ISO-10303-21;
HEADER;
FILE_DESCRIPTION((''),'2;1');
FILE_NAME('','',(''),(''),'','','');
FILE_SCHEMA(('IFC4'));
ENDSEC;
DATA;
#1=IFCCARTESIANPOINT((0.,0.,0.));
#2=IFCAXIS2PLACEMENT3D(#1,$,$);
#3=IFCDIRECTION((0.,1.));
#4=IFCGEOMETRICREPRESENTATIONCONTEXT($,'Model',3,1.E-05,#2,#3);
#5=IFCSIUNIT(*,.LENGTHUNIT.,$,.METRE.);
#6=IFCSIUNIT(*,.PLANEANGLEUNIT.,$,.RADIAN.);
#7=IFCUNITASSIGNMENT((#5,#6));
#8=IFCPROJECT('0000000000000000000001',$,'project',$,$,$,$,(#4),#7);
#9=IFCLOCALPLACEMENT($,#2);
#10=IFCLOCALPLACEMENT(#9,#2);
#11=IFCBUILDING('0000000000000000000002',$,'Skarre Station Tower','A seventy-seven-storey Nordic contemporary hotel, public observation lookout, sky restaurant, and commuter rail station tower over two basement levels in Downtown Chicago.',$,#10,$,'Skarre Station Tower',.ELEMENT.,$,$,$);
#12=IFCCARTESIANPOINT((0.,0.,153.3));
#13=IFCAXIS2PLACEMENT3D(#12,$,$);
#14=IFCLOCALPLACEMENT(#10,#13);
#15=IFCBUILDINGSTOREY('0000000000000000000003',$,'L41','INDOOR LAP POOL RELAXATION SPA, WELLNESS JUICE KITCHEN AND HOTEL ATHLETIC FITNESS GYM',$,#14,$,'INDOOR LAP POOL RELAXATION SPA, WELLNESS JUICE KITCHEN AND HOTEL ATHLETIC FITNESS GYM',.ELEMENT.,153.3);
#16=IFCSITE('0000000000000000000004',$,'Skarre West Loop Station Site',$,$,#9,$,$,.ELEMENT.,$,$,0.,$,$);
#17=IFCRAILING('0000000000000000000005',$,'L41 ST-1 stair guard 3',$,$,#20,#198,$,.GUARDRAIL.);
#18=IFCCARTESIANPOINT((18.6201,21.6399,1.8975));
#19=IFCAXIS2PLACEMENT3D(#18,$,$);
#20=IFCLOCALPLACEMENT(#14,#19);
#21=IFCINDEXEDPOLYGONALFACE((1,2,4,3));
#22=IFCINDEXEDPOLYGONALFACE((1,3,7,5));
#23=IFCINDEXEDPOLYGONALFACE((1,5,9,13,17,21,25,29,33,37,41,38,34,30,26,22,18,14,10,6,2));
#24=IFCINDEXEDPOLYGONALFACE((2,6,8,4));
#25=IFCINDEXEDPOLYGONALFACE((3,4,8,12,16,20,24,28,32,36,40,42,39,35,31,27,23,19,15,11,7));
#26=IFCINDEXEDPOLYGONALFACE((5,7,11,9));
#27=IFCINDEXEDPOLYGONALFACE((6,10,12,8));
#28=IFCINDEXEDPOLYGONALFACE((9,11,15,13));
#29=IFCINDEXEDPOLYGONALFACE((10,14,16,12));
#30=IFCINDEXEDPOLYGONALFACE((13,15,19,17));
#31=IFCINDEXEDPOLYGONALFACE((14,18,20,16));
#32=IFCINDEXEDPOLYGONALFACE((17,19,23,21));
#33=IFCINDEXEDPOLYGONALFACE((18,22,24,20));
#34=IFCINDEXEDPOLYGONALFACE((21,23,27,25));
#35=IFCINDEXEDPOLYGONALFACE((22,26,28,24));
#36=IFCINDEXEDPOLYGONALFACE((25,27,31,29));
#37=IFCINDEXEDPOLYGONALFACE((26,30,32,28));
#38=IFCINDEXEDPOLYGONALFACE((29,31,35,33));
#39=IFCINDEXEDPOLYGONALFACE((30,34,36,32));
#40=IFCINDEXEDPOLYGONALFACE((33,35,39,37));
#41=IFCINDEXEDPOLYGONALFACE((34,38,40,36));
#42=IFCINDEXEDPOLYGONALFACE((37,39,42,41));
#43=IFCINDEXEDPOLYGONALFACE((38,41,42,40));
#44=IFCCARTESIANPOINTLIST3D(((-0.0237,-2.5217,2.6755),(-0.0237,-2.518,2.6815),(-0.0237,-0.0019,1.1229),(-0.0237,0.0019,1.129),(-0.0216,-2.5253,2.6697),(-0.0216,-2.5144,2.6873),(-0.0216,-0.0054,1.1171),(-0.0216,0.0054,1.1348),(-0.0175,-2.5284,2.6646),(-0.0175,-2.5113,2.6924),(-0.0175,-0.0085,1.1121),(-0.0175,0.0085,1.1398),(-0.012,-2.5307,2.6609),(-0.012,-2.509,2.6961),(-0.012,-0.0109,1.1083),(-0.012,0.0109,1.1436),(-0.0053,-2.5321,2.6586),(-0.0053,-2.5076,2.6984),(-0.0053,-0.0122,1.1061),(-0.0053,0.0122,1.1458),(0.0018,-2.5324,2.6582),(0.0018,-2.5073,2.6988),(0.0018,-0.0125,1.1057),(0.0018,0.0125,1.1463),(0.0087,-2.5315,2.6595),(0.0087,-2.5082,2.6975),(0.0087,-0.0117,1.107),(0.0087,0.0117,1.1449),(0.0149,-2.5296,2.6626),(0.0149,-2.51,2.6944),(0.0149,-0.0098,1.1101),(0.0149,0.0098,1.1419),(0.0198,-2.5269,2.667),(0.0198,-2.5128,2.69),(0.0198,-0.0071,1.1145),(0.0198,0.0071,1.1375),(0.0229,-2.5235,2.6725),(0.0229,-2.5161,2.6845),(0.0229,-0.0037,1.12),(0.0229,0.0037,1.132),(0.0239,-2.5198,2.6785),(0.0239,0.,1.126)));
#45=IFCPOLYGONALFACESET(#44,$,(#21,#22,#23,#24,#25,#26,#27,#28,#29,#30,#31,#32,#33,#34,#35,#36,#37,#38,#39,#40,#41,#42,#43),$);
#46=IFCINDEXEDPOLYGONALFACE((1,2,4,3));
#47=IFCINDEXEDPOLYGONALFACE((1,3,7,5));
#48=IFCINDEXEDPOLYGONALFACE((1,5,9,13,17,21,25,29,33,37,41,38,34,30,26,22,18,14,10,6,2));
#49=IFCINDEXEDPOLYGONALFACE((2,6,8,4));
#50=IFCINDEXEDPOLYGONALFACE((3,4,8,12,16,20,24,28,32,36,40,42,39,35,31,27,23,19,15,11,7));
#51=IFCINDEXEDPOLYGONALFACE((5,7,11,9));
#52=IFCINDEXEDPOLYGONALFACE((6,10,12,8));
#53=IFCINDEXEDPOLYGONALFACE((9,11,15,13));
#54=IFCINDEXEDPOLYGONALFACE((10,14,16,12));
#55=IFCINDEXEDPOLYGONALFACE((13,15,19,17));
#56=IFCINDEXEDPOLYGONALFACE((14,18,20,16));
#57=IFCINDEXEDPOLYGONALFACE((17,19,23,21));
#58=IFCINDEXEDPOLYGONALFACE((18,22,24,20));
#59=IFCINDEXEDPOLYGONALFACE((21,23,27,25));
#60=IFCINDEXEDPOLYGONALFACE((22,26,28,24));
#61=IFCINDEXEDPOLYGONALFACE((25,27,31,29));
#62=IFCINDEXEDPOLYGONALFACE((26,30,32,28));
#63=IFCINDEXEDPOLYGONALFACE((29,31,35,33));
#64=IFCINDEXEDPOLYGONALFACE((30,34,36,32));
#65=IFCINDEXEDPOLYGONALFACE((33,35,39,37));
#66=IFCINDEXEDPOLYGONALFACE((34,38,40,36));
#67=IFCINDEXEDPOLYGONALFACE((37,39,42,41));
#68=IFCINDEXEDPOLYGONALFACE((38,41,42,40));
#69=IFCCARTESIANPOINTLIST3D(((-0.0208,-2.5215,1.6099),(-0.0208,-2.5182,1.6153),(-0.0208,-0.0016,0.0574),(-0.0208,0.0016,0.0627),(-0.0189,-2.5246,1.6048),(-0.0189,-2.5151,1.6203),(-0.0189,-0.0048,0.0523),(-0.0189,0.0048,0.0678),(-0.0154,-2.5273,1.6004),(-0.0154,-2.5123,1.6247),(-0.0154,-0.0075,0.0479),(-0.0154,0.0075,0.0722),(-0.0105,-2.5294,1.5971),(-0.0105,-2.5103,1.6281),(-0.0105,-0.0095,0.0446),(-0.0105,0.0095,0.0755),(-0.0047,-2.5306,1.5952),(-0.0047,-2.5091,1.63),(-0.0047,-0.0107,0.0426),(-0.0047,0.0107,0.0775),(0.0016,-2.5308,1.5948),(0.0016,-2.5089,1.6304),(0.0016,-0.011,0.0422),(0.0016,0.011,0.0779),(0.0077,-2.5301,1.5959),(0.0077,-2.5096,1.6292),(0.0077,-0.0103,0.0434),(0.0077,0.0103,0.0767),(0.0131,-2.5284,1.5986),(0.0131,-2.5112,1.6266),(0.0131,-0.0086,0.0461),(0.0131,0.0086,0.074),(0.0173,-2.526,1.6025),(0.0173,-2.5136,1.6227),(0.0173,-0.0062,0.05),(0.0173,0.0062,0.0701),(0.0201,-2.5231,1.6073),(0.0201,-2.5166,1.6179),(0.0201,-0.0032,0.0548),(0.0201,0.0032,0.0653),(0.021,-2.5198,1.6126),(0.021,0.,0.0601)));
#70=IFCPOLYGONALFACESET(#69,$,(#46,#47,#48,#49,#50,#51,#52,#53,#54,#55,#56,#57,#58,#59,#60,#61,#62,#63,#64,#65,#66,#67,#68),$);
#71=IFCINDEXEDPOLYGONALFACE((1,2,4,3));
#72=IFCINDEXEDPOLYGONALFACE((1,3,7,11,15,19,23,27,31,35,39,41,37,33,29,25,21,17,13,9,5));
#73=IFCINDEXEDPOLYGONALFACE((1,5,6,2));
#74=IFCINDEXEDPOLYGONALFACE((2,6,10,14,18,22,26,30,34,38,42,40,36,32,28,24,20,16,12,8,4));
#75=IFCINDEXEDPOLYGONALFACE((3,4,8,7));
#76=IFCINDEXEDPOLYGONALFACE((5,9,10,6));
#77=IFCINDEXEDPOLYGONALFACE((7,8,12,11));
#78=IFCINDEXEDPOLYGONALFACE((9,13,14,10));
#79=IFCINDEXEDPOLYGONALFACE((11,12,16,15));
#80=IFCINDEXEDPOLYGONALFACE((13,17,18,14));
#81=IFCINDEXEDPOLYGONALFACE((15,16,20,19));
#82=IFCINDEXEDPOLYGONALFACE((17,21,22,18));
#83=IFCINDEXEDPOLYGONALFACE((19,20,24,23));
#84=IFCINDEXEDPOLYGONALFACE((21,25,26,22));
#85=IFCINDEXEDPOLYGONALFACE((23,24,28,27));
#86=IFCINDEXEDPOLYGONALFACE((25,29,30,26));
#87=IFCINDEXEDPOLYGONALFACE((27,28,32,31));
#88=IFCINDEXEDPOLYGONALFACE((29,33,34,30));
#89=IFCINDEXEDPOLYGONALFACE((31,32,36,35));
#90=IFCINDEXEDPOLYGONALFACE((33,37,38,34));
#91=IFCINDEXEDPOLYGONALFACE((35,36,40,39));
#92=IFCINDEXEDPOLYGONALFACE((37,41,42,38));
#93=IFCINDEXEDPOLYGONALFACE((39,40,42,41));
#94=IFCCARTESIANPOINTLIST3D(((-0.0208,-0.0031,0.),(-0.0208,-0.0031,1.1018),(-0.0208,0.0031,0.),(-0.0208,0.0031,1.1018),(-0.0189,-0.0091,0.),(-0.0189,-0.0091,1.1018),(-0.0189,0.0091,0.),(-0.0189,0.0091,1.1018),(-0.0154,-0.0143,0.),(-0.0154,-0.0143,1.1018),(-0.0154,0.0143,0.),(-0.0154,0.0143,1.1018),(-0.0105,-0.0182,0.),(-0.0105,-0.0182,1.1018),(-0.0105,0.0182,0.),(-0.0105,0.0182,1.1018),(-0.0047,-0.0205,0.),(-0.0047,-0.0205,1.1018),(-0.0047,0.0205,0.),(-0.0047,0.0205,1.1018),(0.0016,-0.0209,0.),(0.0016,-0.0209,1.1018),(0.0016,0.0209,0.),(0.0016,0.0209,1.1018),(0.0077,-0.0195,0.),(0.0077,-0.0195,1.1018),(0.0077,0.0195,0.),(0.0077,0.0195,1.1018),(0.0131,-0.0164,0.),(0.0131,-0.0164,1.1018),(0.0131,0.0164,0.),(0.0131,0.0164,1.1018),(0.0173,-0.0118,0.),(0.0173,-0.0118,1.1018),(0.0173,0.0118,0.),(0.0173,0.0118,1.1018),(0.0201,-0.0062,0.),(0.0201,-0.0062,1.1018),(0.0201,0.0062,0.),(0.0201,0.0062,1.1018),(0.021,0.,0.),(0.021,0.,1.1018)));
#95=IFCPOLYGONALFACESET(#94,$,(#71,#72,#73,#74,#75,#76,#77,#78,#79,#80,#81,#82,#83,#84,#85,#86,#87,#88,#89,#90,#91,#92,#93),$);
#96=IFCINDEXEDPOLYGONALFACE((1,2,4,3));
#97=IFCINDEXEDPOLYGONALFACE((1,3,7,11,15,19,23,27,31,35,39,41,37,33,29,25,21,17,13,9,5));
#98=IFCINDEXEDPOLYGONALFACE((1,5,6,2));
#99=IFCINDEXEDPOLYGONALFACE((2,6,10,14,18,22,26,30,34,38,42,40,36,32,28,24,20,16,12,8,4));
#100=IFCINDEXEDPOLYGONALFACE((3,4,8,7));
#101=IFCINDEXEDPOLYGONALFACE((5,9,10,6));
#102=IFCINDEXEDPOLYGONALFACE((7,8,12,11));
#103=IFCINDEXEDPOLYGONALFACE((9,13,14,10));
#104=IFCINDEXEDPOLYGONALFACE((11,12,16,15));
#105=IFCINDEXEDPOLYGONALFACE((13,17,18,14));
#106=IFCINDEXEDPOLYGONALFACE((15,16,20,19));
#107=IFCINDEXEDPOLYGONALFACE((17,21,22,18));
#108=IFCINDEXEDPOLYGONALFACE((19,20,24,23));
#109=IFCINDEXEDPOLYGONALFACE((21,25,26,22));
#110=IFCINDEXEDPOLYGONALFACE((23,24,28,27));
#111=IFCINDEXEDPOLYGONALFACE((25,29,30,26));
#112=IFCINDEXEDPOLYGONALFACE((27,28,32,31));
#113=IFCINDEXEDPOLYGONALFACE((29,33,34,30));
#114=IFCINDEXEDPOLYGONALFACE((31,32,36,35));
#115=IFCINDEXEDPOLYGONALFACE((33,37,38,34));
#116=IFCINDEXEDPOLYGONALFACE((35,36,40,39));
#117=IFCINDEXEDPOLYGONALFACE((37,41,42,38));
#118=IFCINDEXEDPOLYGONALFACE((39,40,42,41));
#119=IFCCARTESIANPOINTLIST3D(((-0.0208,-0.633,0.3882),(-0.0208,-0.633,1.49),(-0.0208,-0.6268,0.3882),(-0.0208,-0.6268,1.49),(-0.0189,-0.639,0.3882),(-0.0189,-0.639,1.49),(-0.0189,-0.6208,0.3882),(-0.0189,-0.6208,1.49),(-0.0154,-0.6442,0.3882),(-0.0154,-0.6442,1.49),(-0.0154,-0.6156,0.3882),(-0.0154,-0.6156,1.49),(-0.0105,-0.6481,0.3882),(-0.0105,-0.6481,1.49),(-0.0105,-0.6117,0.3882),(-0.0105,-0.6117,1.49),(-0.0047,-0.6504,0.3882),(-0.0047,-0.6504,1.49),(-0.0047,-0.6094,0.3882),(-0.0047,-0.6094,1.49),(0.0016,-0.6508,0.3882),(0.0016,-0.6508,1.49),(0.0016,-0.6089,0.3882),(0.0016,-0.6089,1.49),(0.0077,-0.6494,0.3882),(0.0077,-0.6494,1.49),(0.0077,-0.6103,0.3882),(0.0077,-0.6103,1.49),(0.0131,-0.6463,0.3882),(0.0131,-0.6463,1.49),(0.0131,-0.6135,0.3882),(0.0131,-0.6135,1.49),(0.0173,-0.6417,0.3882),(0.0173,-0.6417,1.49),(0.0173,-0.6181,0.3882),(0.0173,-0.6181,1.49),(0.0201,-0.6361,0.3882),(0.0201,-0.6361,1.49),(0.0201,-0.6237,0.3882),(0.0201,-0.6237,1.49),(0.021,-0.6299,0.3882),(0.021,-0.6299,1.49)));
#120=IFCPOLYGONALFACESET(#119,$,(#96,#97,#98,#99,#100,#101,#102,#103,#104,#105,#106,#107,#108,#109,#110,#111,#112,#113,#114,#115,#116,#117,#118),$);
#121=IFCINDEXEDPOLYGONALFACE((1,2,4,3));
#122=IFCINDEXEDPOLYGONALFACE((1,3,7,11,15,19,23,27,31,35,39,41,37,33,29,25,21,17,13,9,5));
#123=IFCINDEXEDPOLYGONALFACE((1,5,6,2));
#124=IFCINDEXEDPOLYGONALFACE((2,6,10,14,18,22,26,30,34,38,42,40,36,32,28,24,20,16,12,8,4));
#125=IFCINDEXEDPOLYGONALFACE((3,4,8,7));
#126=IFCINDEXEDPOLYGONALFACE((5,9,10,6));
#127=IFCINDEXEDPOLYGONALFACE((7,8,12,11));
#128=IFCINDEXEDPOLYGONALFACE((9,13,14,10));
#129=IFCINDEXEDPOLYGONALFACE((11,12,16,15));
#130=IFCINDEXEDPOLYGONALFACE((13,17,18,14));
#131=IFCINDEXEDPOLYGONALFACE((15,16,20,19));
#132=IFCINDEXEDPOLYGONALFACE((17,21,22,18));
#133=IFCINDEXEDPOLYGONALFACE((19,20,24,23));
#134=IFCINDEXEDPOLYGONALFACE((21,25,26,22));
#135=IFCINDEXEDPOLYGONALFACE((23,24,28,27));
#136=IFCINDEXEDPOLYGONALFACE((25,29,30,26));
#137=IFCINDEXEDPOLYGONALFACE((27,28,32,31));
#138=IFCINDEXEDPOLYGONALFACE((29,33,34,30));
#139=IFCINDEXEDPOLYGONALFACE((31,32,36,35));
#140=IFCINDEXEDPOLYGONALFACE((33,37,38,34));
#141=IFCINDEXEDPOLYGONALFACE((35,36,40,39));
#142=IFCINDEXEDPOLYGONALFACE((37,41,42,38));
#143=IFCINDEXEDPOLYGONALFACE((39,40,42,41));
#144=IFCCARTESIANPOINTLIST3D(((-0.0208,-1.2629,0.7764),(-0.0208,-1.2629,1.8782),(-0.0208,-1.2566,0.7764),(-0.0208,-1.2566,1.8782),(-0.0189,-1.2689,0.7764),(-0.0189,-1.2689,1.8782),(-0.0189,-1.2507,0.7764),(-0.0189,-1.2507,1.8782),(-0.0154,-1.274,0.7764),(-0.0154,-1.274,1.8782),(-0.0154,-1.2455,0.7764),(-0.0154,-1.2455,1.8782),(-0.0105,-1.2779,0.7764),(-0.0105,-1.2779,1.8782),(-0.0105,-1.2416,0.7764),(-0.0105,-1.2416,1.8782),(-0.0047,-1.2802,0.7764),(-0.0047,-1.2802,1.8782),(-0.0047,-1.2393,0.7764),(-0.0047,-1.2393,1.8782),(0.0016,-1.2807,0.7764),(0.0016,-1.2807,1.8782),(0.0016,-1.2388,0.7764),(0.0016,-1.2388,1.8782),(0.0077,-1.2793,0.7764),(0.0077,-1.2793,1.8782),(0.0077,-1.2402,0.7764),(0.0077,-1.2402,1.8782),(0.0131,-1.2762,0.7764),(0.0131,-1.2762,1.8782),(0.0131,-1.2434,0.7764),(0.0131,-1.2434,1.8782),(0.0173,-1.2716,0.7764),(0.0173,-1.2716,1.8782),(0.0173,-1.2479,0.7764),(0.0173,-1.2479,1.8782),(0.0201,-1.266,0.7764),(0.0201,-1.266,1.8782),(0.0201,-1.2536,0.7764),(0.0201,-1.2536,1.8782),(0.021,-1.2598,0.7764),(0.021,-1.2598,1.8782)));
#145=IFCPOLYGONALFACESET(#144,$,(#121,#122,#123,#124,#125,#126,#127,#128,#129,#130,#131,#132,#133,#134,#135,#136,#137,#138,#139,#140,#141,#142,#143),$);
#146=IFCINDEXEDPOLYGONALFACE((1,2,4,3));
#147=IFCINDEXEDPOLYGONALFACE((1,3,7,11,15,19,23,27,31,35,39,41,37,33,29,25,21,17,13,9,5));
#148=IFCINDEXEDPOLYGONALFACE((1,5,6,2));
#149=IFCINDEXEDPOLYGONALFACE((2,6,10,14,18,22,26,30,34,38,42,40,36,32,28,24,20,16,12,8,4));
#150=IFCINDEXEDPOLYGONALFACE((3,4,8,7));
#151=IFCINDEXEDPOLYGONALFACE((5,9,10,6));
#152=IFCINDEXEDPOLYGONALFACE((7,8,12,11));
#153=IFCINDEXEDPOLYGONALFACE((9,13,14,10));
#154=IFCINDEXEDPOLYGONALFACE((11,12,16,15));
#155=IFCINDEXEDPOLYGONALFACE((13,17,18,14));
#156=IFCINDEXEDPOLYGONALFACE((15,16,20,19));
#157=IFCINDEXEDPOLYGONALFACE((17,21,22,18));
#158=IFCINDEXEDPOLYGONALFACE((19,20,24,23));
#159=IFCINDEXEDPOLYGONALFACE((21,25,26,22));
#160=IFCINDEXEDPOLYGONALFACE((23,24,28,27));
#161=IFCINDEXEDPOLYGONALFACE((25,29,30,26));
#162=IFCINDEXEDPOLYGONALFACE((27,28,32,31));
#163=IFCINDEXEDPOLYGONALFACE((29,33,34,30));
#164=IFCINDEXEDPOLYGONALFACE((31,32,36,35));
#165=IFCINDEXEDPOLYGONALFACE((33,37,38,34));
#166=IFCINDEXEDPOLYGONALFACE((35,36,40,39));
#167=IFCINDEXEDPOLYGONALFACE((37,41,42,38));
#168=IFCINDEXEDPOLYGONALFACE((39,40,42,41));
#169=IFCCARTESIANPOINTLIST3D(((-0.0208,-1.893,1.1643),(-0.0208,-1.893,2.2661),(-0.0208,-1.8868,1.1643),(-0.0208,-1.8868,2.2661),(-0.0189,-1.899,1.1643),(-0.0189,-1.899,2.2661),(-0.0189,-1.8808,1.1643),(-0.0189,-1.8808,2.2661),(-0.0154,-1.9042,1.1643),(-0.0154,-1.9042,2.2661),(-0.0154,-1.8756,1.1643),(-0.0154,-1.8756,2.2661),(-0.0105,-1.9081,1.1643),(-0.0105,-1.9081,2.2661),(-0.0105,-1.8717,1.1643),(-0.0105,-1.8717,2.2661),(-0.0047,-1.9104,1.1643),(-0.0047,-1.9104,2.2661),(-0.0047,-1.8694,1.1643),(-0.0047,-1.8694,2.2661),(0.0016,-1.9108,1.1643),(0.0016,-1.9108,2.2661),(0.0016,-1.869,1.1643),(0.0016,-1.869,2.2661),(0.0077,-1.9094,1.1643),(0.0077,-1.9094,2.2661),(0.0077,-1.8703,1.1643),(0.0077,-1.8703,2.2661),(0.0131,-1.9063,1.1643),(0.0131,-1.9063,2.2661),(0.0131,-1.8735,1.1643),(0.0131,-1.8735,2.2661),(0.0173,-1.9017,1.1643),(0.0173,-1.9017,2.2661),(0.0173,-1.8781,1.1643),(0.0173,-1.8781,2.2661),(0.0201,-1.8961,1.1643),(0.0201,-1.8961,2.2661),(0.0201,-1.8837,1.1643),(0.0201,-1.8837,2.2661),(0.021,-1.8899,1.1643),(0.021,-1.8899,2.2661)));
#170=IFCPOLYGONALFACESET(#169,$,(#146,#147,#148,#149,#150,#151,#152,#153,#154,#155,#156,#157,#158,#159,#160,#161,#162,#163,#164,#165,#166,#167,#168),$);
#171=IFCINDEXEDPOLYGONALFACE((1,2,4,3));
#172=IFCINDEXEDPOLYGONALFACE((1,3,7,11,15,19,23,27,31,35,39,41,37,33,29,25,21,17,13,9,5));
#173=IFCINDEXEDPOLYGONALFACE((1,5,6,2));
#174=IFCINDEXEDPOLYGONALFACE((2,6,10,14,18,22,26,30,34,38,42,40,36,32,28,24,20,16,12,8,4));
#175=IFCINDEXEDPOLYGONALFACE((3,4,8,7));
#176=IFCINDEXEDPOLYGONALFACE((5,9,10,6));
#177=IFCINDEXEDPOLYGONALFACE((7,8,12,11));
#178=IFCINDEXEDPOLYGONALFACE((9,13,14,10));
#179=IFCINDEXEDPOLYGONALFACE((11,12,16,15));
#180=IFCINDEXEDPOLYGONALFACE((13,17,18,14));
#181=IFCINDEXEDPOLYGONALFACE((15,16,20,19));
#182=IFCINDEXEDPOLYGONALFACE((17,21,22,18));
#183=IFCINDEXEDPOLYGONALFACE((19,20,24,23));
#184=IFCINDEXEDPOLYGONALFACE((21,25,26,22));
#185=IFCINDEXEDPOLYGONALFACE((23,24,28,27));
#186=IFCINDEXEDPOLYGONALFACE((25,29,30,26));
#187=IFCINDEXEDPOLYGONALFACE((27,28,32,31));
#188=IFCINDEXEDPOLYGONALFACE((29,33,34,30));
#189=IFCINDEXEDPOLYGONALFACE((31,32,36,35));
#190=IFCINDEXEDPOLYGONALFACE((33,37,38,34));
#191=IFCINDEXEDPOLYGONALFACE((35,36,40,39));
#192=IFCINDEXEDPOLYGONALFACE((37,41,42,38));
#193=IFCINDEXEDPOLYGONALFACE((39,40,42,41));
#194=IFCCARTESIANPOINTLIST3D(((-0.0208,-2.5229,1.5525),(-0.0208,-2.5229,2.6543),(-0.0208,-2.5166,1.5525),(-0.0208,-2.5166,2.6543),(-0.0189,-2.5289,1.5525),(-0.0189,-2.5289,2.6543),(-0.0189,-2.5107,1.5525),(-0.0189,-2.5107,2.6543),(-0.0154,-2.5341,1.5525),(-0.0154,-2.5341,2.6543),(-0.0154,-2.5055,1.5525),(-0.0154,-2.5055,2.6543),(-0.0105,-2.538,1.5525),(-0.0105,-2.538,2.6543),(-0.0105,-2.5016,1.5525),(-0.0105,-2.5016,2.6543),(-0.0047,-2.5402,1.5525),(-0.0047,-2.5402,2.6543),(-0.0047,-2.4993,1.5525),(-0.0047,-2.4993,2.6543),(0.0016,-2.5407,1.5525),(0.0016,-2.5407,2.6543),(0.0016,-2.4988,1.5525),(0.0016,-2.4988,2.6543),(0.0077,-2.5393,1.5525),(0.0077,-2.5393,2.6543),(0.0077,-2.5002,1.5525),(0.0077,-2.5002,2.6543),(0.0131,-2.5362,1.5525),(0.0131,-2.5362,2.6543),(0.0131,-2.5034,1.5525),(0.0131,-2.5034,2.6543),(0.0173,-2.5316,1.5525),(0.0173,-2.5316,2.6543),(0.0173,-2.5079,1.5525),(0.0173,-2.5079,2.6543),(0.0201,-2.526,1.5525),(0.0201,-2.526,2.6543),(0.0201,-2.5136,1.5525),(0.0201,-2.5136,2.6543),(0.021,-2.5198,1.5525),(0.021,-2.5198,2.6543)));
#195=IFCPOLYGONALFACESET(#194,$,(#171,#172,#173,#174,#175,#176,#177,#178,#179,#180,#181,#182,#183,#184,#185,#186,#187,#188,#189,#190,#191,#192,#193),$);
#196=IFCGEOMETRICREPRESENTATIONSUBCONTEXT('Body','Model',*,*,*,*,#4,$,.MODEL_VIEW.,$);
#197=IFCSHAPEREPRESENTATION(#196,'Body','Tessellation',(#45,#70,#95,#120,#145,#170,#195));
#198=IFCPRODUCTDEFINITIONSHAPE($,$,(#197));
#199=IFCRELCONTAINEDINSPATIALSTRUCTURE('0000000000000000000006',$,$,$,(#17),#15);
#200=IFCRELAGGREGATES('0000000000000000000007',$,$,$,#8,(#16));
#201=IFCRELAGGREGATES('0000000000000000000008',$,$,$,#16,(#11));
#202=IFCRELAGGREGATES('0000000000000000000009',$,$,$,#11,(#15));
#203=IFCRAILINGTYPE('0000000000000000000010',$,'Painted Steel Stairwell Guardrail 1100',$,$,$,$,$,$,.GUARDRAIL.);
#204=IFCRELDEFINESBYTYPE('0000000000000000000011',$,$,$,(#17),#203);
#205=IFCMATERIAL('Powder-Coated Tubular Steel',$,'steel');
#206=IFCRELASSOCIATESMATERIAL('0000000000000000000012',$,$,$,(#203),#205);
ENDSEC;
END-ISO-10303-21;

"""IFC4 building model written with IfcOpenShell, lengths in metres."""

from ifc_helpers import new_model, si_unit, direction, frame, origin, origin_2d, place, context, subcontext, project, spatial, circle, extrude, material, type_object, element, save


model = new_model("IFC4")

# Units and contexts
model_context = context("Model", 3, precision=1e-05, world=origin(), true_north=direction((0.0, 1.0)))
body_context = subcontext(model_context, "Body", "Model", "MODEL_VIEW")
ifc_project = project(units=[si_unit("LENGTHUNIT", "METRE"), si_unit("PLANEANGLEUNIT", "RADIAN")], contexts=[model_context])

# Site, building, storey
site_placement = place(None, origin())
site = spatial("IfcSite", under=ifc_project, at=site_placement, Name="Skarre West Loop Station Site", CompositionType="ELEMENT", RefElevation=0.0)
building_placement = place(site_placement, origin())
building = spatial("IfcBuilding", under=site, at=building_placement, Name="Skarre Station Tower", Description="A seventy-seven-storey Nordic contemporary hotel, public observation lookout, sky restaurant, and commuter rail station tower over two basement levels in Downtown Chicago.", LongName="Skarre Station Tower", CompositionType="ELEMENT")
storey_placement = place(building_placement, frame((0.0, 0.0, 153.3)))
storey = spatial("IfcBuildingStorey", under=building, at=storey_placement, Name="L41", Description="INDOOR LAP POOL RELAXATION SPA, WELLNESS JUICE KITCHEN AND HOTEL ATHLETIC FITNESS GYM", LongName="INDOOR LAP POOL RELAXATION SPA, WELLNESS JUICE KITCHEN AND HOTEL ATHLETIC FITNESS GYM", CompositionType="ELEMENT", Elevation=153.3)

# Railing
ifc_material_1 = material(Name="Powder-Coated Tubular Steel", Category="steel")
railing_type = type_object("IfcRailingType", Name="Painted Steel Stairwell Guardrail 1100", PredefinedType="GUARDRAIL", material=ifc_material_1)
railing_1_placement = place(storey_placement, frame((18.6201, 21.6399, 1.8975)))
element("IfcRailing", 1, at=railing_1_placement, inside=storey, type_object=railing_type, Name="L41 ST-1 stair guard 3", PredefinedType="GUARDRAIL", context=body_context, shape_type="SweptSolid", body=[
    extrude(circle(Radius=0.0239, at=origin_2d()), frame((0.0, 0.0, 1.126), z_axis=(0.0, -0.851378, 0.524553), x_axis=(1.0, 0.0, 0.0)), (0.0, 0.0, 1.0), 2.9597),
    extrude(circle(Radius=0.021, at=origin_2d()), frame((0.0, 0.0, 0.0601), z_axis=(0.0, -0.851378, 0.524553), x_axis=(1.0, 0.0, 0.0)), (0.0, 0.0, 1.0), 2.9597),
    extrude(circle(Radius=0.021, at=origin_2d()), origin(), (0.0, 0.0, 1.0), 1.1018),
    extrude(circle(Radius=0.021, at=origin_2d()), frame((0.0, -0.6299, 0.3882)), (0.0, 0.0, 1.0), 1.1018),
    extrude(circle(Radius=0.021, at=origin_2d()), frame((0.0, -1.2598, 0.7764)), (0.0, 0.0, 1.0), 1.1018),
    extrude(circle(Radius=0.021, at=origin_2d()), frame((0.0, -1.8899, 1.1643)), (0.0, 0.0, 1.0), 1.1018),
    extrude(circle(Radius=0.021, at=origin_2d()), frame((0.0, -2.5198, 1.5525)), (0.0, 0.0, 1.0), 1.1018),
])

save(model, "model.ifc")
